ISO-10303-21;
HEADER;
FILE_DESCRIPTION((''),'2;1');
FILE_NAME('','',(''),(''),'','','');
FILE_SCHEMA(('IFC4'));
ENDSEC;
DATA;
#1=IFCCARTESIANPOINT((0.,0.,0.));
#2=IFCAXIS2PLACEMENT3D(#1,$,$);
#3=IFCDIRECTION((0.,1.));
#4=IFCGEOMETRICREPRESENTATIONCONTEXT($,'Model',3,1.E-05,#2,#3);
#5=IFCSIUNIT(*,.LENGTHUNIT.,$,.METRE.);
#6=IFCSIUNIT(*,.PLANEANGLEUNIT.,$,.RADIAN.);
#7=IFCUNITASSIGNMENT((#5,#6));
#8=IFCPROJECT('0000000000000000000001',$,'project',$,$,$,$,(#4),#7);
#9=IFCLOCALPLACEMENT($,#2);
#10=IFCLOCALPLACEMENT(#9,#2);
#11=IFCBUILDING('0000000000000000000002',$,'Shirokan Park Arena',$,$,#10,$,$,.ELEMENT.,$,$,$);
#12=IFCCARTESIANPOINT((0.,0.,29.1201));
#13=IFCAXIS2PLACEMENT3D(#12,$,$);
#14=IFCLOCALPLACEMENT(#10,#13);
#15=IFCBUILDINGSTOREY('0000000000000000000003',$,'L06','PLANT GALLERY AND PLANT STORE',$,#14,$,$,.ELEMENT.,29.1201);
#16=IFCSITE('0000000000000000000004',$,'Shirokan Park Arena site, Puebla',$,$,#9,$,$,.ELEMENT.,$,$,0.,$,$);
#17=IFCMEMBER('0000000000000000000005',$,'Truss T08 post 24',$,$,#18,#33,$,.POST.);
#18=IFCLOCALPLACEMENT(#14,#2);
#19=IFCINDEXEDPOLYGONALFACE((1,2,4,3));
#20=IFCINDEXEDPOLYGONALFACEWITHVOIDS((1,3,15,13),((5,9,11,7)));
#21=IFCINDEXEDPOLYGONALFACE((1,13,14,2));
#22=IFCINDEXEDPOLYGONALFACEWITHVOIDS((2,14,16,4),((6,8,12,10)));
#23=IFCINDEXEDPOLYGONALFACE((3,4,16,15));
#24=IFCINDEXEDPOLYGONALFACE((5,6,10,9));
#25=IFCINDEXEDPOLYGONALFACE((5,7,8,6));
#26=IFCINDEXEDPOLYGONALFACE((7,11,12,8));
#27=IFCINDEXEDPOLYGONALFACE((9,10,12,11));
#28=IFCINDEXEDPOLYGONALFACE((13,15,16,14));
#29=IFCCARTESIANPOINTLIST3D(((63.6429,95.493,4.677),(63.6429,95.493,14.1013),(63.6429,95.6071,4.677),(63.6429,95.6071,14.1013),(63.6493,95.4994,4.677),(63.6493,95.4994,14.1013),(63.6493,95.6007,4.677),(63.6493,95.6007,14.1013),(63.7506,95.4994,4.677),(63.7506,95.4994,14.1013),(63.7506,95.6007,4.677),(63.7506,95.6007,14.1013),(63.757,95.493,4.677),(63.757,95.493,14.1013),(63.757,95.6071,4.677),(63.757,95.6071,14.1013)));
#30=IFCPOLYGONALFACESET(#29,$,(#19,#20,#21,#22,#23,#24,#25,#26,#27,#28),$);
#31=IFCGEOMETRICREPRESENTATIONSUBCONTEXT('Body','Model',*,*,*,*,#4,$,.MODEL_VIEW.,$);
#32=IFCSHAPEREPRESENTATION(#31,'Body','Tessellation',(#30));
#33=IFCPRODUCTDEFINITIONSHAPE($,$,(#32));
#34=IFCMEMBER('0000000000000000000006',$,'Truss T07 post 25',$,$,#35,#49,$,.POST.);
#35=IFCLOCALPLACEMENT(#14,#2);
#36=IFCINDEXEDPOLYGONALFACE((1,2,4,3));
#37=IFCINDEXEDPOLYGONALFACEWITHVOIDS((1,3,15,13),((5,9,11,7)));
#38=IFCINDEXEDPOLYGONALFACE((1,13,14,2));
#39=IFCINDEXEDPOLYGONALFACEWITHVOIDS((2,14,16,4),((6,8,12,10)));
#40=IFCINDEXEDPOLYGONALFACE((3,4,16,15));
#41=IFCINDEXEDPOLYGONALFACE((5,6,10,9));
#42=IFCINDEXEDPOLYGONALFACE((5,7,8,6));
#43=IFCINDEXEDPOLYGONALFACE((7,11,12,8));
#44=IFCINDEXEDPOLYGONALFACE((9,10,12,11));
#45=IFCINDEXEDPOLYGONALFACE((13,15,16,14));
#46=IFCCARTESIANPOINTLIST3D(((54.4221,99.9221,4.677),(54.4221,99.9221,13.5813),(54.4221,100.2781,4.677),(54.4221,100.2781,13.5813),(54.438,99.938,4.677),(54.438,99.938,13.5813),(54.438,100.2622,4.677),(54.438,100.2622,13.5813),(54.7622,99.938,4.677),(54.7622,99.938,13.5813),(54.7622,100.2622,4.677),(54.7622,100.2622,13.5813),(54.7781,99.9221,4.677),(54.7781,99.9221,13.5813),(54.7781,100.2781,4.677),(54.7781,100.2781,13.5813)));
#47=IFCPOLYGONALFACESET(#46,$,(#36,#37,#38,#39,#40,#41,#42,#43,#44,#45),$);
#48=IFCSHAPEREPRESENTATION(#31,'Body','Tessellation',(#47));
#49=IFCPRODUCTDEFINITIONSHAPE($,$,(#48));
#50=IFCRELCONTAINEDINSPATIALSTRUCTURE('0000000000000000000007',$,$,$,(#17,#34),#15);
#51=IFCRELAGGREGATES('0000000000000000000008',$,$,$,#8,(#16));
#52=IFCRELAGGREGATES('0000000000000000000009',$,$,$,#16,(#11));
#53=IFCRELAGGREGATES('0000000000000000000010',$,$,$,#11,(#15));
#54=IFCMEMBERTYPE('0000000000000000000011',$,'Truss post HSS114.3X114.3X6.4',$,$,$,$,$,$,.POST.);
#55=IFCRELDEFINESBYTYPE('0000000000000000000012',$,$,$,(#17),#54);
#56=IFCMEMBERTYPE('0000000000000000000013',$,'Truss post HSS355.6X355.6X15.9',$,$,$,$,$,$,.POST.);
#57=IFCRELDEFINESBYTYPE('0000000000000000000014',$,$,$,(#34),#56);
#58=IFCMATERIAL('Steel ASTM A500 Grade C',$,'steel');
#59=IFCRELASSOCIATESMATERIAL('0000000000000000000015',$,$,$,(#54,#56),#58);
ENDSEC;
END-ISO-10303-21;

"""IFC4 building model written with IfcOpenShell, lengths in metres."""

from ifc_helpers import new_model, si_unit, direction, frame, origin, origin_2d, place, context, subcontext, project, spatial, hollow_rectangle, extrude, material, material_profile, profile_set, type_object, element, save


model = new_model("IFC4")

# Units and contexts
model_context = context("Model", 3, precision=1e-05, world=origin(), true_north=direction((0.0, 1.0)))
body_context = subcontext(model_context, "Body", "Model", "MODEL_VIEW")
ifc_project = project(units=[si_unit("LENGTHUNIT", "METRE"), si_unit("PLANEANGLEUNIT", "RADIAN")], contexts=[model_context])

# Site, building, storey
site_placement = place(None, origin())
site = spatial("IfcSite", under=ifc_project, at=site_placement, Name="Shirokan Park Arena site, Puebla", CompositionType="ELEMENT", RefElevation=0.0)
building_placement = place(site_placement, origin())
building = spatial("IfcBuilding", under=site, at=building_placement, Name="Shirokan Park Arena", CompositionType="ELEMENT")
storey_placement = place(building_placement, frame((0.0, 0.0, 29.1201)))
storey = spatial("IfcBuildingStorey", under=building, at=storey_placement, Name="L06", Description="PLANT GALLERY AND PLANT STORE", CompositionType="ELEMENT", Elevation=29.1201)

# Shared definitions
ifc_material_1 = material(Name="Steel ASTM A500 Grade C", Category="steel")

# Members
ifc_material_profile_1 = material_profile(ifc_material_1, hollow_rectangle(XDim=0.114, YDim=0.114, WallThickness=0.0063, at=origin_2d()), Name="HSS114.3X114.3X6.4")
ifc_profile_set_1 = profile_set([ifc_material_profile_1], Name="Steel ASTM A500 Grade C")
member_type_1 = type_object("IfcMemberType", Name="Truss post HSS114.3X114.3X6.4", PredefinedType="POST", material=ifc_profile_set_1)
member_1_placement = place(storey_placement, frame((63.7, 95.55, 4.677), z_axis=(0.0, 0.0, 1.0), x_axis=(1.0, 0.0, 0.0)))
element("IfcMember", 1, at=member_1_placement, inside=storey, type_object=member_type_1, Name="Truss T08 post 24", PredefinedType="POST", context=body_context, shape_type="SweptSolid", body=[
    extrude(hollow_rectangle(XDim=0.114, YDim=0.114, WallThickness=0.0063, at=origin_2d()), origin(), (0.0, 0.0, 1.0), 9.4243),
])
ifc_material_profile_2 = material_profile(ifc_material_1, hollow_rectangle(XDim=0.356, YDim=0.356, WallThickness=0.0159, at=origin_2d()), Name="HSS355.6X355.6X15.9")
ifc_profile_set_2 = profile_set([ifc_material_profile_2], Name="Steel ASTM A500 Grade C")
member_type_2 = type_object("IfcMemberType", Name="Truss post HSS355.6X355.6X15.9", PredefinedType="POST", material=ifc_profile_set_2)
member_2_placement = place(storey_placement, frame((54.6001, 100.1001, 4.677), z_axis=(0.0, 0.0, 1.0), x_axis=(1.0, 0.0, 0.0)))
element("IfcMember", 2, at=member_2_placement, inside=storey, type_object=member_type_2, Name="Truss T07 post 25", PredefinedType="POST", context=body_context, shape_type="SweptSolid", body=[
    extrude(hollow_rectangle(XDim=0.356, YDim=0.356, WallThickness=0.0159, at=origin_2d()), origin(), (0.0, 0.0, 1.0), 8.9043),
])

save(model, "model.ifc")
